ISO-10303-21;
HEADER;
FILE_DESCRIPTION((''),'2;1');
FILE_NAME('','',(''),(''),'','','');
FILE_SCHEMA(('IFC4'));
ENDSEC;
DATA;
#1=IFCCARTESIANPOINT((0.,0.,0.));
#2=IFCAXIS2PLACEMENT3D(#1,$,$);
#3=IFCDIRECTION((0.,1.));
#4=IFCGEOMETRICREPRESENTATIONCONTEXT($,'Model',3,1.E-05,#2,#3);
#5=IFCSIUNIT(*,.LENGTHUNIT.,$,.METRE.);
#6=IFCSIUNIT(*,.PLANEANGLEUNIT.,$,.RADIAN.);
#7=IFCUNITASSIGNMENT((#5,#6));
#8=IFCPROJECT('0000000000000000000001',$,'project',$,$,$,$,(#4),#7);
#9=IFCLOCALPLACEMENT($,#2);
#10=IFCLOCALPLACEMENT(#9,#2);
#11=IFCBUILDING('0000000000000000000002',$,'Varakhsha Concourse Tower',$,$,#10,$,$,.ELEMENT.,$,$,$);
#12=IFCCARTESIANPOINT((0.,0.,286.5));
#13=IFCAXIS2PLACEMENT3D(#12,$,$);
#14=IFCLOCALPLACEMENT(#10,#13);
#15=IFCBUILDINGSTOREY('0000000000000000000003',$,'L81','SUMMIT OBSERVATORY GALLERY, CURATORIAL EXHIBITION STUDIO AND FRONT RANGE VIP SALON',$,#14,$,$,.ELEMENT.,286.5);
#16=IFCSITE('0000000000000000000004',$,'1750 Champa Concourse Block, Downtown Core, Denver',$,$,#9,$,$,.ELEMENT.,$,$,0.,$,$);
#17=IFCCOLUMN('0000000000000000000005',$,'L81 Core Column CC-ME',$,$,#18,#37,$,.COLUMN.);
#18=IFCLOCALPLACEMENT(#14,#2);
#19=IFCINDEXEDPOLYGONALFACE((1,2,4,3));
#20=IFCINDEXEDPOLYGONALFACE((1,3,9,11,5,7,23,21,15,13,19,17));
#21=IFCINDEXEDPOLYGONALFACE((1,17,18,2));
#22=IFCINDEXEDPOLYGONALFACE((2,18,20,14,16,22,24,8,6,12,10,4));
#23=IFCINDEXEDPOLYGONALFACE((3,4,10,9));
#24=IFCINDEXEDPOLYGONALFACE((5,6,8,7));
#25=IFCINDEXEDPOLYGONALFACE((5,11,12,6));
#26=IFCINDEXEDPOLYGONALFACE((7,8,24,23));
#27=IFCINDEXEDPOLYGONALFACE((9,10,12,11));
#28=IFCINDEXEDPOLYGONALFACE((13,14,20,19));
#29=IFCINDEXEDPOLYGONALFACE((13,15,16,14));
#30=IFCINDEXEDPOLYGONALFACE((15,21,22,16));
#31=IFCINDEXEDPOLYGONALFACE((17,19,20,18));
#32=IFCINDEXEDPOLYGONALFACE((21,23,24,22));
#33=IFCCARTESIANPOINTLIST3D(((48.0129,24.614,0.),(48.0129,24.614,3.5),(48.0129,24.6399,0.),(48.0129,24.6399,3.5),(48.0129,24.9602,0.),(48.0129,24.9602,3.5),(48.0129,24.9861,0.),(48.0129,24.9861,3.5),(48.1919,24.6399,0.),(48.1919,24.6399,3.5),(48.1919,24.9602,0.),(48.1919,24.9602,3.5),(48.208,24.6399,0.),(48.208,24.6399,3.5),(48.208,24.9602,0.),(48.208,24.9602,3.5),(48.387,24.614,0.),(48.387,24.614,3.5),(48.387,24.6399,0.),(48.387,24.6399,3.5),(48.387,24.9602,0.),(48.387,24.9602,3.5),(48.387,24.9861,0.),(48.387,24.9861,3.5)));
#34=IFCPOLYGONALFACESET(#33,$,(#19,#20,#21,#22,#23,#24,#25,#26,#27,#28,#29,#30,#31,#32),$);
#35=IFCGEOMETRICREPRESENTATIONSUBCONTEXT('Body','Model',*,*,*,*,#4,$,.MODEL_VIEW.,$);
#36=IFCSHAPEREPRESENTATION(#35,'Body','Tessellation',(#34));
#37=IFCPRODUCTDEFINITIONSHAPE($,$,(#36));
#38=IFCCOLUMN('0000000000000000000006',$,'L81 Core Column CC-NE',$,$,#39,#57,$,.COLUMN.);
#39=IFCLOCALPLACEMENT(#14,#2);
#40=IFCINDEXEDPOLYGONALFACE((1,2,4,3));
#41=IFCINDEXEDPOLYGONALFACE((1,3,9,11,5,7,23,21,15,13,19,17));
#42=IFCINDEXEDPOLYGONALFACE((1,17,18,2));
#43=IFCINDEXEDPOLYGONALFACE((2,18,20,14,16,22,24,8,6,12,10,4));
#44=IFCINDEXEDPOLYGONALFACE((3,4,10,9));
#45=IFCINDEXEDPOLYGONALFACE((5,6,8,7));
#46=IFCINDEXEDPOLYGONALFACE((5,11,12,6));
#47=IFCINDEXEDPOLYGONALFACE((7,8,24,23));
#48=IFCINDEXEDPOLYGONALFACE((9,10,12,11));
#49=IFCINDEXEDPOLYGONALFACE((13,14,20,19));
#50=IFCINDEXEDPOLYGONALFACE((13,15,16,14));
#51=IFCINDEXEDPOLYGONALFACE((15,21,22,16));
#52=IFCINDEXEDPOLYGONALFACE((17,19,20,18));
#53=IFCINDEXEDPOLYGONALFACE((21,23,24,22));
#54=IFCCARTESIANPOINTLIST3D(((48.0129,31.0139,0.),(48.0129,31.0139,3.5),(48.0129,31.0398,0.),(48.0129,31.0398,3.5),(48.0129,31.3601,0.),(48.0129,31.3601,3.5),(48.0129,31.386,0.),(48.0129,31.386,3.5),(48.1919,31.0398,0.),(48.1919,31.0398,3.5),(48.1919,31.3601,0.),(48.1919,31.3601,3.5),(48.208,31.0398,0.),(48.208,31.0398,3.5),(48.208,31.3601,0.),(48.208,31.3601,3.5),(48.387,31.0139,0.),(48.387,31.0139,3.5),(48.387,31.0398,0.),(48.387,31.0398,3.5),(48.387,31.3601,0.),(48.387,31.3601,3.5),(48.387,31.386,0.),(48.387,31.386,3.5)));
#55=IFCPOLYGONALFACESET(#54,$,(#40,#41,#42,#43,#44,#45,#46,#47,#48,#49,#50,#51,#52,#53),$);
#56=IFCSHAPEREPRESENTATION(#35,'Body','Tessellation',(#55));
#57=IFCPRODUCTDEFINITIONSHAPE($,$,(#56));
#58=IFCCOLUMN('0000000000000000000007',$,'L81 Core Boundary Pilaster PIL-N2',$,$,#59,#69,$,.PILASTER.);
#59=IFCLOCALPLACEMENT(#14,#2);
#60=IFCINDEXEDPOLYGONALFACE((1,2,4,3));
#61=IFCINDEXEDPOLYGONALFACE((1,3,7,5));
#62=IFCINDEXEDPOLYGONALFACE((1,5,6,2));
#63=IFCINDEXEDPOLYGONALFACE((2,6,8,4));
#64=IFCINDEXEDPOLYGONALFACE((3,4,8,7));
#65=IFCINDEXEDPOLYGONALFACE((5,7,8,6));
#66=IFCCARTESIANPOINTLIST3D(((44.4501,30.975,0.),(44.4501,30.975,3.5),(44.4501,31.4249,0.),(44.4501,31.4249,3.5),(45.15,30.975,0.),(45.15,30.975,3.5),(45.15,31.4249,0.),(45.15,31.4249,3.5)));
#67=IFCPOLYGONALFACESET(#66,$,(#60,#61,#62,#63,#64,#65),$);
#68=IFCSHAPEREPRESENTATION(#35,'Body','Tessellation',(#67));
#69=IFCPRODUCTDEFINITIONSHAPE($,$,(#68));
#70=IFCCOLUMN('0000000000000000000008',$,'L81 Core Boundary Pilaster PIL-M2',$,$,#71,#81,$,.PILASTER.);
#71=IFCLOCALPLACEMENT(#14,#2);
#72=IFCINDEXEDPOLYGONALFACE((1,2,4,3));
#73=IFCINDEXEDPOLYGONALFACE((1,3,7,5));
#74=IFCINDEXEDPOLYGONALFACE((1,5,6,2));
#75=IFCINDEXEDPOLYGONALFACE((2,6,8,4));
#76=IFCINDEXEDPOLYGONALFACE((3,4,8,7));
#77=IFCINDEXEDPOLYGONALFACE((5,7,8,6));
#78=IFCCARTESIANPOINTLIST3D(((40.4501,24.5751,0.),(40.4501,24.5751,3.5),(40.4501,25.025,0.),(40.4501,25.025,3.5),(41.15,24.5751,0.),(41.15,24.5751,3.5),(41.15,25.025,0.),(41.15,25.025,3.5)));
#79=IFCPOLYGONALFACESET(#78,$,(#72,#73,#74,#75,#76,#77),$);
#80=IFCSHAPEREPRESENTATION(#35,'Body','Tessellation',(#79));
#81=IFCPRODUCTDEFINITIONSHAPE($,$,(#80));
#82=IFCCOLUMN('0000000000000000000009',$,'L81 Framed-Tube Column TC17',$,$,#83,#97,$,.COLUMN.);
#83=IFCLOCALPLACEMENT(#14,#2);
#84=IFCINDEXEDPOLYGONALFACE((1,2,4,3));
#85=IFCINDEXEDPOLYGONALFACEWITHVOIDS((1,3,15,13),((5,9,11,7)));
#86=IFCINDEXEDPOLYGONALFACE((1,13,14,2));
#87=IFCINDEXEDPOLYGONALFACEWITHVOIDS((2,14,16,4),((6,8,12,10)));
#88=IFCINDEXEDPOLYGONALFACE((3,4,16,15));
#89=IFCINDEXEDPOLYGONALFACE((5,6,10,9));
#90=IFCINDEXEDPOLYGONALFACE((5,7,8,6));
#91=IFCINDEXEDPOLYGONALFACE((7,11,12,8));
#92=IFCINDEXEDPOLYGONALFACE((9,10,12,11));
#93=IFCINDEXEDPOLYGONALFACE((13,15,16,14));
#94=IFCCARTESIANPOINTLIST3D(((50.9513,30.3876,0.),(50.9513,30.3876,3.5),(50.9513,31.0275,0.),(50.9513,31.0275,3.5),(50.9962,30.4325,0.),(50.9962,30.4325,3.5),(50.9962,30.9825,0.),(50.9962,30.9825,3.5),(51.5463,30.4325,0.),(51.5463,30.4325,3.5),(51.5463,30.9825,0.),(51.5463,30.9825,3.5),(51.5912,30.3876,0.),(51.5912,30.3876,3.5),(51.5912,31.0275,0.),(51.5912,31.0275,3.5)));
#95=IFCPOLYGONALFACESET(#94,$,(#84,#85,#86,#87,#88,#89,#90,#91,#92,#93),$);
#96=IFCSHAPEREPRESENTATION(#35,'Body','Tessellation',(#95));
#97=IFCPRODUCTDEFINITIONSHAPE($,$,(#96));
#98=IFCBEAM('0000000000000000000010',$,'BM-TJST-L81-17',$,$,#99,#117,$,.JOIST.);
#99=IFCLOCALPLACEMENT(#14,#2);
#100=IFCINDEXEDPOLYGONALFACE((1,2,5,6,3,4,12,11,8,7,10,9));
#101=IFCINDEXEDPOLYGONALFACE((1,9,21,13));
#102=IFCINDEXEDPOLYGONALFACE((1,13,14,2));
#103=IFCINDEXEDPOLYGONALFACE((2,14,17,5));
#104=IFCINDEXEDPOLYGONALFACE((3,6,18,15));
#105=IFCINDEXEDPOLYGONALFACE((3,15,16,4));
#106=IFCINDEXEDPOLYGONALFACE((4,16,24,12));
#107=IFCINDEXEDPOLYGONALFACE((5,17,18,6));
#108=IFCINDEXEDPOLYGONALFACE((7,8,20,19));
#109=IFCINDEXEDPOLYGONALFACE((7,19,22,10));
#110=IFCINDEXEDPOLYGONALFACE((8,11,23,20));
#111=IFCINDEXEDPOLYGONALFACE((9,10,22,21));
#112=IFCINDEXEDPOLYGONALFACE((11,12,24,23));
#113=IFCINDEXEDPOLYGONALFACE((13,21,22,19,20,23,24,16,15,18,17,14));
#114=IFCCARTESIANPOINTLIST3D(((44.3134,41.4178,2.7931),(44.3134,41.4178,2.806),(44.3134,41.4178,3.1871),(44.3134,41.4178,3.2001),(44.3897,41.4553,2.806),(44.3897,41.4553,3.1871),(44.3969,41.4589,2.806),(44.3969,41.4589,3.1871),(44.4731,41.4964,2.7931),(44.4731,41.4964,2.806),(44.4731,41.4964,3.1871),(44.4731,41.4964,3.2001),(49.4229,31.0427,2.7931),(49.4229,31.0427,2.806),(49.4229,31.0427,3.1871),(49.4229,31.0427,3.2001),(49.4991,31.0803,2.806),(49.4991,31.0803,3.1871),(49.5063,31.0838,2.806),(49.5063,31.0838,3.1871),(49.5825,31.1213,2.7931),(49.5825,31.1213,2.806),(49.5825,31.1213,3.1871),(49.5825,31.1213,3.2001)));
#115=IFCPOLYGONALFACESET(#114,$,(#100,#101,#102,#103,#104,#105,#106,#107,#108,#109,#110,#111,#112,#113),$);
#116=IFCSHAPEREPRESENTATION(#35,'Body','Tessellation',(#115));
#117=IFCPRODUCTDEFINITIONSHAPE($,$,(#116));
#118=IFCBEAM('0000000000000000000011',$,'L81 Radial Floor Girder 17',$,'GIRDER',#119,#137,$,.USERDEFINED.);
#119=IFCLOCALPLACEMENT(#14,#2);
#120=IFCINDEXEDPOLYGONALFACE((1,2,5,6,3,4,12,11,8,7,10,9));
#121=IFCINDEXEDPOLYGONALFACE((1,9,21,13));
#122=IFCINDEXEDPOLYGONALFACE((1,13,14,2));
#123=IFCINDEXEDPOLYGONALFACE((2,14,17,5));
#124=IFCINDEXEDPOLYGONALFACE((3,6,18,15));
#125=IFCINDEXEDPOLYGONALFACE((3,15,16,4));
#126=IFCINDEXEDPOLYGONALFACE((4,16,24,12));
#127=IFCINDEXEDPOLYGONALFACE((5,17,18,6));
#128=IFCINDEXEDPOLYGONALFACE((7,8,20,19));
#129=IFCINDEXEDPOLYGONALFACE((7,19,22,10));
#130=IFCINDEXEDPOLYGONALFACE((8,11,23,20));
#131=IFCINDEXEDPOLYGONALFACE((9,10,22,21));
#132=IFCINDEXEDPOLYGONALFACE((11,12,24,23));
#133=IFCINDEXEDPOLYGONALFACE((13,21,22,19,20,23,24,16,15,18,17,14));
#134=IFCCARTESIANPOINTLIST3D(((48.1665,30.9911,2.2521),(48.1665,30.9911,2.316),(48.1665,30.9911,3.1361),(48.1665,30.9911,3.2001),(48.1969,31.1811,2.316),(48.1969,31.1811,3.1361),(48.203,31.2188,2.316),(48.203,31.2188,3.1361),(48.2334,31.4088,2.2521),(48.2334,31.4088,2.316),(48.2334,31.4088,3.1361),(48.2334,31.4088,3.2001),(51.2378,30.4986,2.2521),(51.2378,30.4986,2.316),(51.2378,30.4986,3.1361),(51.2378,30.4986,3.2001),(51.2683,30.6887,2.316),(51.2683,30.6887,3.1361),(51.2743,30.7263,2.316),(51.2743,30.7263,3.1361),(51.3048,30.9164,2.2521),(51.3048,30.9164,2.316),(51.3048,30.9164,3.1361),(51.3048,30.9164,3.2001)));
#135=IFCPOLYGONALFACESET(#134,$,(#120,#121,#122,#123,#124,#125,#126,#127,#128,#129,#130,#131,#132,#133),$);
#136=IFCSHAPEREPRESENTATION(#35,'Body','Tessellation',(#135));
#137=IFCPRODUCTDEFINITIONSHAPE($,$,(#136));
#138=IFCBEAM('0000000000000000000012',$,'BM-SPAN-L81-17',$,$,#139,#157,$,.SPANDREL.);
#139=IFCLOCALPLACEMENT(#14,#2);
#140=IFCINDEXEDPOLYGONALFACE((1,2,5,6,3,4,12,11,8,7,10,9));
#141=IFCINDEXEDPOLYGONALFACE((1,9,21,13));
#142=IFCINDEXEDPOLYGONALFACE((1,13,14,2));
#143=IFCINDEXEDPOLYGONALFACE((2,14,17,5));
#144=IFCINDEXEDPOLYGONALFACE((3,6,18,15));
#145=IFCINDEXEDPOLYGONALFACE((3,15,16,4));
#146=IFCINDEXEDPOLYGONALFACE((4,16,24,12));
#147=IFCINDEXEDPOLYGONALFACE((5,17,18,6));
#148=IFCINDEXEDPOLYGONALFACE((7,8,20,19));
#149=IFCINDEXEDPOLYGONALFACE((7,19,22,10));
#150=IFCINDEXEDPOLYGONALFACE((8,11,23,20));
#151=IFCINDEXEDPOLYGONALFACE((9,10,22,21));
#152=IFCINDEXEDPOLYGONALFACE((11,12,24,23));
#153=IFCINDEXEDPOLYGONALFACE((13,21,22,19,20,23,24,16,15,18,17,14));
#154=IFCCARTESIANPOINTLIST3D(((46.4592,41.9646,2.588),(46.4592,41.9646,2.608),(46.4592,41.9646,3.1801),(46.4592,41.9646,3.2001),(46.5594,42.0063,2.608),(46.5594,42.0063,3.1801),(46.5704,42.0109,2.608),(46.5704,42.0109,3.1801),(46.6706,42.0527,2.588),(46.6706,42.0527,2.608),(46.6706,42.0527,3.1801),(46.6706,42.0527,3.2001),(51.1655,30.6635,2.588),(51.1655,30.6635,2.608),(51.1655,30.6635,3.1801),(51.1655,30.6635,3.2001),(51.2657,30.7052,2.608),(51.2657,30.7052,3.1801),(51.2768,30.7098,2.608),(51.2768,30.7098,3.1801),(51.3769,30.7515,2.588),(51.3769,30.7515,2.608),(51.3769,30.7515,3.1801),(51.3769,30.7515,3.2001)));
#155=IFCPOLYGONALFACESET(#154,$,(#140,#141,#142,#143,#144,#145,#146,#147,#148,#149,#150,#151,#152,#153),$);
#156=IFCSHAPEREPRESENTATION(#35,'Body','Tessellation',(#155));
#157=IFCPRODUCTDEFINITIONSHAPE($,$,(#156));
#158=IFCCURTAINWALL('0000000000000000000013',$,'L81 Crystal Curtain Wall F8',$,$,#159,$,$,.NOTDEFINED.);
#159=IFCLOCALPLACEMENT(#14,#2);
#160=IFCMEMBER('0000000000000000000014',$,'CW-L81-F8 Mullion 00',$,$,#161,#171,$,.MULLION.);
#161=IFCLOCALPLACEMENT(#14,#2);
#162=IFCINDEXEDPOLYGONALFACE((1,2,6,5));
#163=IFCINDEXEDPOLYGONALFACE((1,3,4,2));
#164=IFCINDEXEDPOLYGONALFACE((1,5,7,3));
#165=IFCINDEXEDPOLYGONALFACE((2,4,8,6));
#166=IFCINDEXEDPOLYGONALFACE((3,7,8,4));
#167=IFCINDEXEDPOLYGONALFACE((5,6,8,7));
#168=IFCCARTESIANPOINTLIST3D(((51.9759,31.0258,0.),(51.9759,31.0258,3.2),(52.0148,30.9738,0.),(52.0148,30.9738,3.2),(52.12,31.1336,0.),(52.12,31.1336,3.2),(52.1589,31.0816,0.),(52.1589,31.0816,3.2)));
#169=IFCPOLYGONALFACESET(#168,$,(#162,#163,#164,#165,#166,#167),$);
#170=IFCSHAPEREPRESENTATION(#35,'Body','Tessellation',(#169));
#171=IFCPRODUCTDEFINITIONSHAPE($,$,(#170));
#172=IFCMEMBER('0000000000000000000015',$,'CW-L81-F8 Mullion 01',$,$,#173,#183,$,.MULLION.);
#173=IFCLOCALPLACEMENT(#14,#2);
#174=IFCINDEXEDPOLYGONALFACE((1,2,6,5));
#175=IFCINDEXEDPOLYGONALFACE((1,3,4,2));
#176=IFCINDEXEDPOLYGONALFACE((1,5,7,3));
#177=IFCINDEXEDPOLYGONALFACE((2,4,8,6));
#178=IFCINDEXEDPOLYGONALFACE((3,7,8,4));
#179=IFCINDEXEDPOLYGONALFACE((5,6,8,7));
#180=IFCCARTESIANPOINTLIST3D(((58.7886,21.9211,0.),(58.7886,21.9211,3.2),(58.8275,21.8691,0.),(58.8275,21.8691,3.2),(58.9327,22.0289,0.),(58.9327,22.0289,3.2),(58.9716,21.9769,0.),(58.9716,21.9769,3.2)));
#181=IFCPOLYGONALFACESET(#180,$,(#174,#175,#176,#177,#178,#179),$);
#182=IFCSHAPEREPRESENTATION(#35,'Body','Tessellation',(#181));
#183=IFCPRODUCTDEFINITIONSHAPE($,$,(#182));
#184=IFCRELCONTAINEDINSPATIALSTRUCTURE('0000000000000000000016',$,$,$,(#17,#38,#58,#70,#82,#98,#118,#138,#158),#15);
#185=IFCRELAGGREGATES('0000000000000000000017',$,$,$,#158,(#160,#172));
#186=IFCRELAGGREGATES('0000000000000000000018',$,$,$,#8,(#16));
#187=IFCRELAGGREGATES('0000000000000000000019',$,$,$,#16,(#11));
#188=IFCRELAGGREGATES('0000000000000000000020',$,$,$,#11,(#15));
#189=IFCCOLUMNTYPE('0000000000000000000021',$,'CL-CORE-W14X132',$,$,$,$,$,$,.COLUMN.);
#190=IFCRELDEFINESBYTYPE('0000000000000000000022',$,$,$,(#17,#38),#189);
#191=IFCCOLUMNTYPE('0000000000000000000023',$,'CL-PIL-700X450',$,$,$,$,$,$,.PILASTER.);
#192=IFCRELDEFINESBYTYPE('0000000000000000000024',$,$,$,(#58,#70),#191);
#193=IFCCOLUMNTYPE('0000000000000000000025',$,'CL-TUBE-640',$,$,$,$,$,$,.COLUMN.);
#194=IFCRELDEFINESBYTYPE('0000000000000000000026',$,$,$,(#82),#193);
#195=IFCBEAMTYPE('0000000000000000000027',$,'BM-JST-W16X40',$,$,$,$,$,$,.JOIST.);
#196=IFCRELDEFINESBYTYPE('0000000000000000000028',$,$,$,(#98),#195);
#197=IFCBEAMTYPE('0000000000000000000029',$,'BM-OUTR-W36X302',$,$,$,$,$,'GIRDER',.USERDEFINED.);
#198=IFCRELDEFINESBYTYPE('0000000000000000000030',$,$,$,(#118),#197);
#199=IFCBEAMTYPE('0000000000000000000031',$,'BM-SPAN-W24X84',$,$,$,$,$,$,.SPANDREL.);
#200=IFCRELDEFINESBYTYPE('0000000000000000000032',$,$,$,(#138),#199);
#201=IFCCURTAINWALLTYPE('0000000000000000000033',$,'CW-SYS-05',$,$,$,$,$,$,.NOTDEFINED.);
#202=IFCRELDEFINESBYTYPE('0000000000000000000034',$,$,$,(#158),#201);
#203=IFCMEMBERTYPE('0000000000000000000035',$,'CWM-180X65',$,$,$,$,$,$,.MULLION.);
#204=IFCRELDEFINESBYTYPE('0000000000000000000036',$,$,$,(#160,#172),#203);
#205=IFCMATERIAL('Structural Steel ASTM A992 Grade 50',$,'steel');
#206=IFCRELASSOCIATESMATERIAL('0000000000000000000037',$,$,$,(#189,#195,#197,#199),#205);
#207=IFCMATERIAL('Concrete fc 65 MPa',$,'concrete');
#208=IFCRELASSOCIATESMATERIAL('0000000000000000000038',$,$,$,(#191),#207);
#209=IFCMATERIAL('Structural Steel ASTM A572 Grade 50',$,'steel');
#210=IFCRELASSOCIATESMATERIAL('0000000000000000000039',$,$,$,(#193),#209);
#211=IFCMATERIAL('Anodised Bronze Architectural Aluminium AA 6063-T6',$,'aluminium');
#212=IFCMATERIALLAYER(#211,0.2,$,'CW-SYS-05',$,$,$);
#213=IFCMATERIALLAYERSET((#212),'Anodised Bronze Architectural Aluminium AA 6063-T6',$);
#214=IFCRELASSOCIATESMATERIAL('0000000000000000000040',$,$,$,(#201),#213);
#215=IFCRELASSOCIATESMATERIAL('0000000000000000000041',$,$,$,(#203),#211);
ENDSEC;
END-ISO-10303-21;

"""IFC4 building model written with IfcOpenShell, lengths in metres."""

from ifc_helpers import new_model, si_unit, direction, frame, origin, origin_2d, place, context, subcontext, project, spatial, rectangle, hollow_rectangle, i_section, extrude, source, transform, mapped, material, layer, layer_set, material_profile, profile_set, type_object, type_shapes, element, aggregate, save


model = new_model("IFC4")

# Units and contexts
model_context = context("Model", 3, precision=1e-05, world=origin(), true_north=direction((0.0, 1.0)))
body_context = subcontext(model_context, "Body", "Model", "MODEL_VIEW")
ifc_project = project(units=[si_unit("LENGTHUNIT", "METRE"), si_unit("PLANEANGLEUNIT", "RADIAN")], contexts=[model_context])

# Site, building, storey
site_placement = place(None, origin())
site = spatial("IfcSite", under=ifc_project, at=site_placement, Name="1750 Champa Concourse Block, Downtown Core, Denver", CompositionType="ELEMENT", RefElevation=0.0)
building_placement = place(site_placement, origin())
building = spatial("IfcBuilding", under=site, at=building_placement, Name="Varakhsha Concourse Tower", CompositionType="ELEMENT")
storey_placement = place(building_placement, frame((0.0, 0.0, 286.5)))
storey = spatial("IfcBuildingStorey", under=building, at=storey_placement, Name="L81", Description="SUMMIT OBSERVATORY GALLERY, CURATORIAL EXHIBITION STUDIO AND FRONT RANGE VIP SALON", CompositionType="ELEMENT", Elevation=286.5)

# Columns
ifc_material_1 = material(Name="Structural Steel ASTM A992 Grade 50", Category="steel")
ifc_material_profile_1 = material_profile(ifc_material_1, i_section(OverallWidth=0.374, OverallDepth=0.3721, WebThickness=0.0161, FlangeThickness=0.0259, at=origin_2d()), Name="W14X132")
ifc_profile_set_1 = profile_set([ifc_material_profile_1], Name="Structural Steel ASTM A992 Grade 50")
column_type_1 = type_object("IfcColumnType", Name="CL-CORE-W14X132", PredefinedType="COLUMN", material=ifc_profile_set_1)
for number, where, z_axis, x_axis, name in (
    (1, (48.2, 24.8, 0.0), (0.0, 0.0, 1.0), (1.0, 0.0, 0.0), "L81 Core Column CC-ME"),
    (2, (48.2, 31.2, 0.0), (0.0, 0.0, 1.0), (1.0, 0.0, 0.0), "L81 Core Column CC-NE"),
):
    element("IfcColumn", number, at=place(storey_placement, frame(where, z_axis=z_axis, x_axis=x_axis)), inside=storey, type_object=column_type_1, Name=name, PredefinedType="COLUMN", context=body_context, shape_type="SweptSolid", body=[
        extrude(i_section(OverallWidth=0.374, OverallDepth=0.3721, WebThickness=0.0161, FlangeThickness=0.0259, at=origin_2d()), origin(), (0.0, 0.0, 1.0), 3.5),
    ])
ifc_material_2 = material(Name="Concrete fc 65 MPa", Category="concrete")
ifc_material_profile_2 = material_profile(ifc_material_2, rectangle(XDim=0.7, YDim=0.45, at=origin_2d()), Name="RC 700x450")
ifc_profile_set_2 = profile_set([ifc_material_profile_2], Name="Concrete fc 65 MPa")
column_type_2 = type_object("IfcColumnType", Name="CL-PIL-700X450", PredefinedType="PILASTER", material=ifc_profile_set_2)
for number, where, z_axis, x_axis, name in (
    (3, (44.8, 31.2, 0.0), (0.0, 0.0, 1.0), (1.0, 0.0, 0.0), "L81 Core Boundary Pilaster PIL-N2"),
    (4, (40.8, 24.8, 0.0), (0.0, 0.0, 1.0), (1.0, 0.0, 0.0), "L81 Core Boundary Pilaster PIL-M2"),
):
    element("IfcColumn", number, at=place(storey_placement, frame(where, z_axis=z_axis, x_axis=x_axis)), inside=storey, type_object=column_type_2, Name=name, PredefinedType="PILASTER", context=body_context, shape_type="SweptSolid", body=[
        extrude(rectangle(XDim=0.7, YDim=0.45, at=origin_2d()), origin(), (0.0, 0.0, 1.0), 3.5),
    ])
ifc_material_3 = material(Name="Structural Steel ASTM A572 Grade 50", Category="steel")
ifc_material_profile_3 = material_profile(ifc_material_3, hollow_rectangle(XDim=0.6399, YDim=0.6399, WallThickness=0.0449, at=origin_2d()), Name="BOX 640x640x45")
ifc_profile_set_3 = profile_set([ifc_material_profile_3], Name="Structural Steel ASTM A572 Grade 50")
column_type_3 = type_object("IfcColumnType", Name="CL-TUBE-640", PredefinedType="COLUMN", material=ifc_profile_set_3)
column_placement = place(storey_placement, frame((51.2712, 30.7075, 0.0), z_axis=(0.0, 0.0, 1.0), x_axis=(1.0, 0.0, 0.0)))
element("IfcColumn", 5, at=column_placement, inside=storey, type_object=column_type_3, Name="L81 Framed-Tube Column TC17", PredefinedType="COLUMN", context=body_context, shape_type="SweptSolid", body=[
    extrude(hollow_rectangle(XDim=0.6399, YDim=0.6399, WallThickness=0.0449, at=origin_2d()), origin(), (0.0, 0.0, 1.0), 3.5),
])

# Beams
ifc_material_profile_4 = material_profile(ifc_material_1, i_section(OverallWidth=0.178, OverallDepth=0.407, WebThickness=0.0081, FlangeThickness=0.0129, at=origin_2d()), Name="W16X40")
ifc_profile_set_4 = profile_set([ifc_material_profile_4], Name="Structural Steel ASTM A992 Grade 50")
beam_type_1 = type_object("IfcBeamType", Name="BM-JST-W16X40", PredefinedType="JOIST", material=ifc_profile_set_4)
beam_1_placement = place(storey_placement, frame((49.5027, 31.082, 2.9966), z_axis=(-0.441801, 0.897113, 0.0), x_axis=(-0.897113, -0.441801, 0.0)))
element("IfcBeam", 6, at=beam_1_placement, inside=storey, type_object=beam_type_1, Name="BM-TJST-L81-17", PredefinedType="JOIST", context=body_context, shape_type="SweptSolid", body=[
    extrude(i_section(OverallWidth=0.178, OverallDepth=0.407, WebThickness=0.0081, FlangeThickness=0.0129, at=origin_2d()), origin(), (0.0, 0.0, 1.0), 11.5649),
])
ifc_material_profile_5 = material_profile(ifc_material_1, i_section(OverallWidth=0.4231, OverallDepth=0.948, WebThickness=0.0381, FlangeThickness=0.064, at=origin_2d()), Name="W36X302")
ifc_profile_set_5 = profile_set([ifc_material_profile_5], Name="Structural Steel ASTM A992 Grade 50")
beam_type_2 = type_object("IfcBeamType", Name="BM-OUTR-W36X302", ElementType="GIRDER", PredefinedType="USERDEFINED", material=ifc_profile_set_5)
beam_2_placement = place(storey_placement, frame((48.2, 31.2, 2.7261), z_axis=(0.987389, -0.158312, 0.0), x_axis=(0.158312, 0.987389, 0.0)))
element("IfcBeam", 7, at=beam_2_placement, inside=storey, type_object=beam_type_2, Name="L81 Radial Floor Girder 17", ObjectType="GIRDER", PredefinedType="USERDEFINED", context=body_context, shape_type="SweptSolid", body=[
    extrude(i_section(OverallWidth=0.4231, OverallDepth=0.948, WebThickness=0.0381, FlangeThickness=0.064, at=origin_2d()), origin(), (0.0, 0.0, 1.0), 3.1106),
])
ifc_material_profile_6 = material_profile(ifc_material_1, i_section(OverallWidth=0.229, OverallDepth=0.6121, WebThickness=0.012, FlangeThickness=0.02, at=origin_2d()), Name="W24X84")
ifc_profile_set_6 = profile_set([ifc_material_profile_6], Name="Structural Steel ASTM A992 Grade 50")
beam_type_3 = type_object("IfcBeamType", Name="BM-SPAN-W24X84", PredefinedType="SPANDREL", material=ifc_profile_set_6)
beam_3_placement = place(storey_placement, frame((51.2712, 30.7075, 2.894), z_axis=(-0.384444, 0.923148, 0.0), x_axis=(-0.923148, -0.384444, 0.0)))
element("IfcBeam", 8, at=beam_3_placement, inside=storey, type_object=beam_type_3, Name="BM-SPAN-L81-17", PredefinedType="SPANDREL", context=body_context, shape_type="SweptSolid", body=[
    extrude(i_section(OverallWidth=0.229, OverallDepth=0.6121, WebThickness=0.012, FlangeThickness=0.02, at=origin_2d()), origin(), (0.0, 0.0, 1.0), 12.2419),
])

# Curtain wall, members
ifc_material_4 = material(Name="Anodised Bronze Architectural Aluminium AA 6063-T6", Category="aluminium")
ifc_layer_1 = layer(ifc_material_4, 0.2, Name="CW-SYS-05")
ifc_layer_set_1 = layer_set([ifc_layer_1], Name="Anodised Bronze Architectural Aluminium AA 6063-T6")
curtain_wall_type = type_object("IfcCurtainWallType", Name="CW-SYS-05", PredefinedType="NOTDEFINED", material=ifc_layer_set_1)
curtain_wall_1_placement = place(storey_placement, origin())
curtain_wall_1 = element("IfcCurtainWall", 9, at=curtain_wall_1_placement, inside=storey, type_object=curtain_wall_type, Name="L81 Crystal Curtain Wall F8", PredefinedType="NOTDEFINED")
ifc_material_profile_7 = material_profile(ifc_material_4, rectangle(XDim=0.0649, YDim=0.1799, at=origin_2d()), Name="CWM-180X65")
ifc_profile_set_7 = profile_set([ifc_material_profile_7], Name="Anodised Bronze Architectural Aluminium AA 6063-T6")
member_type_1 = type_object("IfcMemberType", Name="CWM-180X65", PredefinedType="MULLION", material=ifc_profile_set_7)
shared_shape_1 = source(origin(), body_context, "Body", "SweptSolid", [
    extrude(rectangle(XDim=0.0649, YDim=0.1799, at=origin_2d()), origin(), (0.0, 0.0, 1.0), 3.2),
])
type_shapes(member_type_1, [shared_shape_1])
member_1_placement = place(storey_placement, frame((52.0674, 31.0537, 0.0), z_axis=(0.0, 0.0, 1.0), x_axis=(0.599113, -0.800664, 0.0)))
member_1 = element("IfcMember", 10, at=member_1_placement, type_object=member_type_1, Name="CW-L81-F8 Mullion 00", PredefinedType="MULLION", context=body_context, shape_type="MappedRepresentation", body=[
    mapped(shared_shape_1, transform((0.0, 0.0, 0.0), scale=1.0)),
])
member_2_placement = place(storey_placement, frame((58.8801, 21.949, 0.0), z_axis=(0.0, 0.0, 1.0), x_axis=(0.599113, -0.800664, 0.0)))
member_2 = element("IfcMember", 11, at=member_2_placement, type_object=member_type_1, Name="CW-L81-F8 Mullion 01", PredefinedType="MULLION", context=body_context, shape_type="MappedRepresentation", body=[
    mapped(shared_shape_1, transform((0.0, 0.0, 0.0), scale=1.0)),
])

aggregate(curtain_wall_1, [member_1, member_2])

save(model, "model.ifc")
